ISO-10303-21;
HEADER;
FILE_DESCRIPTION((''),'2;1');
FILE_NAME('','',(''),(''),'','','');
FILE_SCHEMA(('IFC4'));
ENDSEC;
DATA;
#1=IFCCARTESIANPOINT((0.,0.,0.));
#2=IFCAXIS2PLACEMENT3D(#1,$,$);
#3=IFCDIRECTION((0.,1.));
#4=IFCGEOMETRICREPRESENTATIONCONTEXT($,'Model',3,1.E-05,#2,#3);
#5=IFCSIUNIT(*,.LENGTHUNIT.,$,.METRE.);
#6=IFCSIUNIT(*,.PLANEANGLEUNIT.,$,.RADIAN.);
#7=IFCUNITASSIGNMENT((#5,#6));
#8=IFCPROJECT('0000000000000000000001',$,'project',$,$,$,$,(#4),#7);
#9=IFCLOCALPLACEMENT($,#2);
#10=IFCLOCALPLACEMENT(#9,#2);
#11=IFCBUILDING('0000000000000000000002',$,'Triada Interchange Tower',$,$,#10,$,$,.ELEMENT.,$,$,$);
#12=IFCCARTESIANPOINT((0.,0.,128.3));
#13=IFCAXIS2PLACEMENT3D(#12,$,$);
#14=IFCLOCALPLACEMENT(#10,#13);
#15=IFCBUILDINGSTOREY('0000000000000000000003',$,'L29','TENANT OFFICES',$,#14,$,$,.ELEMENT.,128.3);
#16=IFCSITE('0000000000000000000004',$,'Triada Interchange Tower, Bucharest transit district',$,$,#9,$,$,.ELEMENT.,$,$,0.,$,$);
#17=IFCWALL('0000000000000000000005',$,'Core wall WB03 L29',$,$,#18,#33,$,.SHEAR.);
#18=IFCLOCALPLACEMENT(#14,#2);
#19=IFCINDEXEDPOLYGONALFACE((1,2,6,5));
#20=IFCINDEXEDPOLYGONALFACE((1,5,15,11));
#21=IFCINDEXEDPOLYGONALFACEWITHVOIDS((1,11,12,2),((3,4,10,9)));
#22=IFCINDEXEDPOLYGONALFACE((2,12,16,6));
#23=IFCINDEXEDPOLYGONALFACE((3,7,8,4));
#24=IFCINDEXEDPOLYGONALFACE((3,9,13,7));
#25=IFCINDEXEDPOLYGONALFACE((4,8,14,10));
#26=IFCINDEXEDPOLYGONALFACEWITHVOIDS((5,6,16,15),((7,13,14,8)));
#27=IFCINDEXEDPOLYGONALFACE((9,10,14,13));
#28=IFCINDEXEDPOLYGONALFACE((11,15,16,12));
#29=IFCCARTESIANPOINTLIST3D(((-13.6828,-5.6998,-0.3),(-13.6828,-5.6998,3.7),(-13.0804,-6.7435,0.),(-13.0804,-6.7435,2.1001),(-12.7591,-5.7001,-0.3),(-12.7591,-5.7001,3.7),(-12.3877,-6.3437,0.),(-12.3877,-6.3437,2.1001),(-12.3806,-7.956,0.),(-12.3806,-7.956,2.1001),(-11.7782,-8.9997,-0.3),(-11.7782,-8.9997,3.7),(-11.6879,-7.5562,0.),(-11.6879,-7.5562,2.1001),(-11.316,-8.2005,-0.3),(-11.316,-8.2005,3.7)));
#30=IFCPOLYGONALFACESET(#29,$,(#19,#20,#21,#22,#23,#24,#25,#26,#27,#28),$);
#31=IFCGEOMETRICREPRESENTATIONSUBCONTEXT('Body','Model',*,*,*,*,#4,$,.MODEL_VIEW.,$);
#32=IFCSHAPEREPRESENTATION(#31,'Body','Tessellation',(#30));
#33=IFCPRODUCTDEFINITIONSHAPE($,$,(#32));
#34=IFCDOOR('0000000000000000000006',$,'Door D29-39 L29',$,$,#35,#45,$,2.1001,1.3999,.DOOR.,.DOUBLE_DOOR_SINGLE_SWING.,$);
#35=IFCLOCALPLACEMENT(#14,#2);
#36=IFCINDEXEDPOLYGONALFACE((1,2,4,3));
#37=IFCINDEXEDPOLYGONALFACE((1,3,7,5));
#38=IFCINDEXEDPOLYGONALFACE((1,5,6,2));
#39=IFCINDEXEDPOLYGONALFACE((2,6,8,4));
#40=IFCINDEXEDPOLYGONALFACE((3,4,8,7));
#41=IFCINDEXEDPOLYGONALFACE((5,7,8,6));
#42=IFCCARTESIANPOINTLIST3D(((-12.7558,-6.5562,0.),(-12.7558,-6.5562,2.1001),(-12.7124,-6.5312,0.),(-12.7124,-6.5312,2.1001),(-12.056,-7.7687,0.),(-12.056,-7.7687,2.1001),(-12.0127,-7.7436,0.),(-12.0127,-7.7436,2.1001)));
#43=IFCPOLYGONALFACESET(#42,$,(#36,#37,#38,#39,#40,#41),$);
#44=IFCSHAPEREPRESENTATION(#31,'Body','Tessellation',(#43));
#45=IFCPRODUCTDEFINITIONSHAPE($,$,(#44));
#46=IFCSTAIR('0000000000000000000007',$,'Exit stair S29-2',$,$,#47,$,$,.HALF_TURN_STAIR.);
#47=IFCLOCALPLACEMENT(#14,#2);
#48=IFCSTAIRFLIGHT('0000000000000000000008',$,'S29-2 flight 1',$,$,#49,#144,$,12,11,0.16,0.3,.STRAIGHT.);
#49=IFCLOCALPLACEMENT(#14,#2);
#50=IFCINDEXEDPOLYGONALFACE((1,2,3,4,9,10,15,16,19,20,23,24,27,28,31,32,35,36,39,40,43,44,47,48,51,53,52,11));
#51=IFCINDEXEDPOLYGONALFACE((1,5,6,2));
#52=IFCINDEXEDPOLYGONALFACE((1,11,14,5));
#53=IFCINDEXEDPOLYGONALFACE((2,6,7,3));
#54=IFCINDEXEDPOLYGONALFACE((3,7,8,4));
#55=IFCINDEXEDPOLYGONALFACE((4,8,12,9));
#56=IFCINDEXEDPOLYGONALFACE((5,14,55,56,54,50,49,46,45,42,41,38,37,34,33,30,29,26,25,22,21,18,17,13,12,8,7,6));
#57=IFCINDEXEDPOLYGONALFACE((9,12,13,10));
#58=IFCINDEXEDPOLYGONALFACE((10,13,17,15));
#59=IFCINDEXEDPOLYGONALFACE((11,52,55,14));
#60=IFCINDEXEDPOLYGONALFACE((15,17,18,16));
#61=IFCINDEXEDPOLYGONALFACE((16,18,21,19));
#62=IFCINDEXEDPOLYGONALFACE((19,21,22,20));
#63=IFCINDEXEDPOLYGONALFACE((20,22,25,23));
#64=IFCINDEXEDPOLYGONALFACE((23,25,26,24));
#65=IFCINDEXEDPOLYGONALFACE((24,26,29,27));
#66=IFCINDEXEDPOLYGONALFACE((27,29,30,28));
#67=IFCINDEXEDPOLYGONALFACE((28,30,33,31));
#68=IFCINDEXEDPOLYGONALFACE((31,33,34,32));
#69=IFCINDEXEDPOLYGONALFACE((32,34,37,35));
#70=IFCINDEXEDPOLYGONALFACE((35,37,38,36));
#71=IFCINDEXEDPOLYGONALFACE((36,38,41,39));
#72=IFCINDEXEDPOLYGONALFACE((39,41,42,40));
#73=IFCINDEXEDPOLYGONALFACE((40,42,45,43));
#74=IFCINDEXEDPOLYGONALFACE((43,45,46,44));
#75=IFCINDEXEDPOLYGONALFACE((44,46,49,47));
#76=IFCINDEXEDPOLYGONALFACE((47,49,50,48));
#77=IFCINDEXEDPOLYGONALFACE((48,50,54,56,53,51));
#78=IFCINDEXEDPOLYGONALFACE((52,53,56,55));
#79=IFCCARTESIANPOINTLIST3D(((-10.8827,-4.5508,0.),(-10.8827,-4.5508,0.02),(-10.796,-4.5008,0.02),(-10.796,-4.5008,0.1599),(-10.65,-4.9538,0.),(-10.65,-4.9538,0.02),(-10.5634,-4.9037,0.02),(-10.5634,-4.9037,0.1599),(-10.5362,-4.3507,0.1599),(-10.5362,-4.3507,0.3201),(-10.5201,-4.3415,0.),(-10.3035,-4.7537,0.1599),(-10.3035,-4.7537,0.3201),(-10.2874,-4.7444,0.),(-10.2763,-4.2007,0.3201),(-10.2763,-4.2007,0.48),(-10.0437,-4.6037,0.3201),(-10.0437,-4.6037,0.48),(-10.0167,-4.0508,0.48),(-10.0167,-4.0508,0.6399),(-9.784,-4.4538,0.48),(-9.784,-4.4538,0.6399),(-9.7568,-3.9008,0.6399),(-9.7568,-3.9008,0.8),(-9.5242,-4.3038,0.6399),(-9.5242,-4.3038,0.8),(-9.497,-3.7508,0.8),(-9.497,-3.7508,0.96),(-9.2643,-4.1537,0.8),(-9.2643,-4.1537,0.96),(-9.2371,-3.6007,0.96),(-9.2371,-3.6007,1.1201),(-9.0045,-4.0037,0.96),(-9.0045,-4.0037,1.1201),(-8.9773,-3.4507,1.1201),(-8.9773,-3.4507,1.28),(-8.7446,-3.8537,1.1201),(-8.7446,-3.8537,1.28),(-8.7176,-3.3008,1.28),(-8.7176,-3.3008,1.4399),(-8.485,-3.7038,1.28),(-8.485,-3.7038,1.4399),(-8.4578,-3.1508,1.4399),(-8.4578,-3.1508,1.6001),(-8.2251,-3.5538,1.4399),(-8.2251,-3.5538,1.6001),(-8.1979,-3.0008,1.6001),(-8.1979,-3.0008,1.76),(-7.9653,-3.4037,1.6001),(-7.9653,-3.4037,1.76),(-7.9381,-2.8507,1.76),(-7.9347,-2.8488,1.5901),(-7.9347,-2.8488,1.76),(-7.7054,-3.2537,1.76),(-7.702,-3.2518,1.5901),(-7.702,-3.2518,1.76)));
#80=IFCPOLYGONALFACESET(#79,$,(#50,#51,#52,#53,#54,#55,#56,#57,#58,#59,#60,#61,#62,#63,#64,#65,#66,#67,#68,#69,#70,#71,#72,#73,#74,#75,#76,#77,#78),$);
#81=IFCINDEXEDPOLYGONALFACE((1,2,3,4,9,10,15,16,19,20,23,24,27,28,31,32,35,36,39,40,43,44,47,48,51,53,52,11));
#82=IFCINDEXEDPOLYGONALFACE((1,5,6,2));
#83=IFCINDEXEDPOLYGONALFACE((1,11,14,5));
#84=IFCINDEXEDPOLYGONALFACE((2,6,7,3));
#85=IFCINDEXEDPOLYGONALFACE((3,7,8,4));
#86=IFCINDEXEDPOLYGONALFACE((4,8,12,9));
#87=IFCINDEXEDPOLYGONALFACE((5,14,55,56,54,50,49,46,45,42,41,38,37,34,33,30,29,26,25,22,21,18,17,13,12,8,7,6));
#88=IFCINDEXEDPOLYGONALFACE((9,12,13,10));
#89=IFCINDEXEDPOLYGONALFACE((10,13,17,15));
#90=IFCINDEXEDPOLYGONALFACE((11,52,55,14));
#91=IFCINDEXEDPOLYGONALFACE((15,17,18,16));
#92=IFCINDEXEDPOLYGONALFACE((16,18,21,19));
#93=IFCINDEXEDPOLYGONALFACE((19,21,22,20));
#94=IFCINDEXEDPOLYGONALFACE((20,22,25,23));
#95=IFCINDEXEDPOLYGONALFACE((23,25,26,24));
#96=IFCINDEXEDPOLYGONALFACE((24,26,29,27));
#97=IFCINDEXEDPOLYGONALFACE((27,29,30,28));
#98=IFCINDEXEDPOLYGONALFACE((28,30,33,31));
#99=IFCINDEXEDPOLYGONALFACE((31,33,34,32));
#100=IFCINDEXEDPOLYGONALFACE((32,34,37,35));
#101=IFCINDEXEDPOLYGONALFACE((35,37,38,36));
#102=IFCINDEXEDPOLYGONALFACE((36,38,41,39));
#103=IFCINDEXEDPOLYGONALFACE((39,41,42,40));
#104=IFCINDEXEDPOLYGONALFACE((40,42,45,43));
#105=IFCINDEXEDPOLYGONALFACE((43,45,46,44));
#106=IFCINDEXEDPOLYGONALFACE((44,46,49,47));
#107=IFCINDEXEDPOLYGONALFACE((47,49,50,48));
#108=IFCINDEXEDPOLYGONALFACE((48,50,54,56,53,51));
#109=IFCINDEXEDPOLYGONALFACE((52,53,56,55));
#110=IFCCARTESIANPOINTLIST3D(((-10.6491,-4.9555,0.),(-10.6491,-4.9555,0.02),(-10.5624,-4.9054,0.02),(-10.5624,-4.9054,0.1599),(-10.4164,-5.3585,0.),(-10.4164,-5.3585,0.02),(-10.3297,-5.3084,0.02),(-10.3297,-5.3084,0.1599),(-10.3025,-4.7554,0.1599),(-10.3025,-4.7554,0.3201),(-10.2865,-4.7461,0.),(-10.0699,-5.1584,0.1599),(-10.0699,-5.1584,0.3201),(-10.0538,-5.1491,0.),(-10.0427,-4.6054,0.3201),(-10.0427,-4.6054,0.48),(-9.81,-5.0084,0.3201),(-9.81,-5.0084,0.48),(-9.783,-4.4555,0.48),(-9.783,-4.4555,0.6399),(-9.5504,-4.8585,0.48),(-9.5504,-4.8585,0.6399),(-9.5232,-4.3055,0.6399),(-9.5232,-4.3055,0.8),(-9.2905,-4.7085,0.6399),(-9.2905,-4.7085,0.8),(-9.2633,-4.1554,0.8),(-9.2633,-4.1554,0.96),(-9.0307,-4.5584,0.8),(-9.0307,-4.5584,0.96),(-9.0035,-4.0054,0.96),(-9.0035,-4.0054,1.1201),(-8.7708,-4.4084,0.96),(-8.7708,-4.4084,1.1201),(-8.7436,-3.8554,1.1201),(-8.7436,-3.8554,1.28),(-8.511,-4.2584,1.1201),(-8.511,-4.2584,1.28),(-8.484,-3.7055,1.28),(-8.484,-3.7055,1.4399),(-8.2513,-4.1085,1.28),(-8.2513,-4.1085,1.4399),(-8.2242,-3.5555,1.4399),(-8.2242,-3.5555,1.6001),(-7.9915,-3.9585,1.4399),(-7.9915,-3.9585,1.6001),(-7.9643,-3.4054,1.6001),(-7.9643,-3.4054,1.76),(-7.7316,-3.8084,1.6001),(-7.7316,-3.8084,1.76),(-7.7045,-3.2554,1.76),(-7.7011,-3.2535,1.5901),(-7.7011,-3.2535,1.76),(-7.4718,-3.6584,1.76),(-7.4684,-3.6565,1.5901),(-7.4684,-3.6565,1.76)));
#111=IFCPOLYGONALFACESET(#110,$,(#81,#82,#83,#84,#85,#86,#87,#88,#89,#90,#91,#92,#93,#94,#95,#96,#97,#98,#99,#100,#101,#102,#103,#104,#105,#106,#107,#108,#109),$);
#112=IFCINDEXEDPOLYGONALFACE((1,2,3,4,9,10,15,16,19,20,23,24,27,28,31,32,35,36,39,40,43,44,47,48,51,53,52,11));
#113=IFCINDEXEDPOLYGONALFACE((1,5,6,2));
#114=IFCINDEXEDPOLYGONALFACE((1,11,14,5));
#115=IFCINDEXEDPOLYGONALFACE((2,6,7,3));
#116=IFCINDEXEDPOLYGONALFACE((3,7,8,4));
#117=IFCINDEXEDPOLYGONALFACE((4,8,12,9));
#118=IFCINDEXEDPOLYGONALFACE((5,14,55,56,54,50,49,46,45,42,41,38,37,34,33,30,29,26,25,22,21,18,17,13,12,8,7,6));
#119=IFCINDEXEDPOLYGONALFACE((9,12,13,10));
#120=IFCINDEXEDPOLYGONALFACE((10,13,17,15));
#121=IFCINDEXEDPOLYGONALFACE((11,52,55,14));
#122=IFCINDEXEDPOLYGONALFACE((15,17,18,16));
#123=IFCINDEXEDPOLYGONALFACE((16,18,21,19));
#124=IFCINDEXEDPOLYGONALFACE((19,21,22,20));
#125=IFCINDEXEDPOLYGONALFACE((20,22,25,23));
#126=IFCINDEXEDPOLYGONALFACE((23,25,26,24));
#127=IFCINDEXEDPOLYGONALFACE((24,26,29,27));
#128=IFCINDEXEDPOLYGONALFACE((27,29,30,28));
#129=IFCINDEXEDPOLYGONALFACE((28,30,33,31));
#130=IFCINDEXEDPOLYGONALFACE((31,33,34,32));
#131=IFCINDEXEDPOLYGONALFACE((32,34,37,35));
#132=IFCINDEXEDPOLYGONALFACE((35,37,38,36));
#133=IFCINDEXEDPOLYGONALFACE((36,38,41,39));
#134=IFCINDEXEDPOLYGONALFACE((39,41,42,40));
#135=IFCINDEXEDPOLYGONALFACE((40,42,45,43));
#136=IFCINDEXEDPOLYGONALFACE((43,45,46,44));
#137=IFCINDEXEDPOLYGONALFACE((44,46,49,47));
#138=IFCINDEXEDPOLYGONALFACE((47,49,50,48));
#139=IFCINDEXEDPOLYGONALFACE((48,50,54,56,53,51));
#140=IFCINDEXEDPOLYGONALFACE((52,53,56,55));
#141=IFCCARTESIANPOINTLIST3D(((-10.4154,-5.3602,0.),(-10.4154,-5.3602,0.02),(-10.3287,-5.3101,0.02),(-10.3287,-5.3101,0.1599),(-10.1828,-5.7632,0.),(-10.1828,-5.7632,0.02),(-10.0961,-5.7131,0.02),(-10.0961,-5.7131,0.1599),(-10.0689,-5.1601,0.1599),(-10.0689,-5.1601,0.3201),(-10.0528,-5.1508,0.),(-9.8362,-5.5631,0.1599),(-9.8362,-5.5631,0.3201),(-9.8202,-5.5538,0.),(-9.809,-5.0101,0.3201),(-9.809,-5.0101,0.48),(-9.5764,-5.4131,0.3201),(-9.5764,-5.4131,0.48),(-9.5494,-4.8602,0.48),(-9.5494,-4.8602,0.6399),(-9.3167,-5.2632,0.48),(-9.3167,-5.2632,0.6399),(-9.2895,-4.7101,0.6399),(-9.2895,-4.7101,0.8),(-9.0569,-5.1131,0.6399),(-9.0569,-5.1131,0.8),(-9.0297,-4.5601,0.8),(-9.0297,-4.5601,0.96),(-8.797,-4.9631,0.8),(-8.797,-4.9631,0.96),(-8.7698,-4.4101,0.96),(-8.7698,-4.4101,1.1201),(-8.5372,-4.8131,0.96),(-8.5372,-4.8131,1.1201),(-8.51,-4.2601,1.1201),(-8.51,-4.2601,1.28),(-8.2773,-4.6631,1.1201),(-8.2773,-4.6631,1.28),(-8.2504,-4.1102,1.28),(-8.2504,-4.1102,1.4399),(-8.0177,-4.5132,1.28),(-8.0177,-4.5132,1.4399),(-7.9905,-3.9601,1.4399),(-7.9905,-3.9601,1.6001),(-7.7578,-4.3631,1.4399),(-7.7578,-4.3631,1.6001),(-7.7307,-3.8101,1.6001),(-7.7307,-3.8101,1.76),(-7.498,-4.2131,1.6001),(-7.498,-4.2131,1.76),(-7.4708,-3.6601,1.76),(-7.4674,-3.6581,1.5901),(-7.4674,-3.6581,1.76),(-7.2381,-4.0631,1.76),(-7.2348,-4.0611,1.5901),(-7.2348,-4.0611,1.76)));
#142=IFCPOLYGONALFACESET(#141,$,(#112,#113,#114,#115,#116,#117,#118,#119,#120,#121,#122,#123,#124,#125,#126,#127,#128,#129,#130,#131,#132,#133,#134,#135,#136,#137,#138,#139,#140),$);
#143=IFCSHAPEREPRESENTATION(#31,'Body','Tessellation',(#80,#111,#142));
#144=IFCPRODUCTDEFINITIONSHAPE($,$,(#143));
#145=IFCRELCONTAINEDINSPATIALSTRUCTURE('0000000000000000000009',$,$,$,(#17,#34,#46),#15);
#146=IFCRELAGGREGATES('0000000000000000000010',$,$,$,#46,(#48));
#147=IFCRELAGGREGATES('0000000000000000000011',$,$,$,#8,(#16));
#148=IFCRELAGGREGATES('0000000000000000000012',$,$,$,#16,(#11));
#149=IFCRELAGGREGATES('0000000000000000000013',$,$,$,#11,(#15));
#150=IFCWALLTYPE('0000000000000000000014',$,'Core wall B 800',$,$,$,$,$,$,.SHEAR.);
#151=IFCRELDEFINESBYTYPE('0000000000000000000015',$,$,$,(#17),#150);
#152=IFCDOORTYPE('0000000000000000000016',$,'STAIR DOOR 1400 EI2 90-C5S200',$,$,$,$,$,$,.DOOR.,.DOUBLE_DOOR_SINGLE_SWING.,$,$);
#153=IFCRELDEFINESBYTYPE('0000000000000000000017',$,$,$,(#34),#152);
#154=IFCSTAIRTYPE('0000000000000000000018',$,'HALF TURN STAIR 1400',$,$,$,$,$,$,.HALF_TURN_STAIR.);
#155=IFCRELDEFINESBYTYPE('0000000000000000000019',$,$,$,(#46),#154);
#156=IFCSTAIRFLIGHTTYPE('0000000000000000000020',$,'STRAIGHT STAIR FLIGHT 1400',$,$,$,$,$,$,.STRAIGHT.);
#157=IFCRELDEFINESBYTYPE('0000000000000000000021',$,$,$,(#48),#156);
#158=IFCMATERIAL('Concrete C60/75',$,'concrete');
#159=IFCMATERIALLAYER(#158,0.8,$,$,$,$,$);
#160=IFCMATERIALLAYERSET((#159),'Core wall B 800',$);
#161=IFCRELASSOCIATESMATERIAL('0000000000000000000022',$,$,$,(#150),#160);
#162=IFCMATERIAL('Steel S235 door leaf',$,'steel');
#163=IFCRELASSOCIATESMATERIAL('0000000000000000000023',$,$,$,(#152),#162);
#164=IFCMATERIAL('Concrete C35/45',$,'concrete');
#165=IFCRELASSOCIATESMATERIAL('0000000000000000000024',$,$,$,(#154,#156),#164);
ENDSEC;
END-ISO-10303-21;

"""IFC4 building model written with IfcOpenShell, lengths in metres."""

from ifc_helpers import new_model, si_unit, direction, frame, frame_2d, origin, place, context, subcontext, project, spatial, polyline, rectangle, outline, extrude, material, layer, layer_set, type_object, element, fill, aggregate, save


model = new_model("IFC4")

# Units and contexts
model_context = context("Model", 3, precision=1e-05, world=origin(), true_north=direction((0.0, 1.0)))
body_context = subcontext(model_context, "Body", "Model", "MODEL_VIEW")
ifc_project = project(units=[si_unit("LENGTHUNIT", "METRE"), si_unit("PLANEANGLEUNIT", "RADIAN")], contexts=[model_context])

# Site, building, storey
site_placement = place(None, origin())
site = spatial("IfcSite", under=ifc_project, at=site_placement, Name="Triada Interchange Tower, Bucharest transit district", CompositionType="ELEMENT", RefElevation=0.0)
building_placement = place(site_placement, origin())
building = spatial("IfcBuilding", under=site, at=building_placement, Name="Triada Interchange Tower", CompositionType="ELEMENT")
storey_placement = place(building_placement, frame((0.0, 0.0, 128.3)))
storey = spatial("IfcBuildingStorey", under=building, at=storey_placement, Name="L29", Description="TENANT OFFICES", CompositionType="ELEMENT", Elevation=128.3)

# Shared definitions
ifc_material_1 = material(Name="Steel S235 door leaf", Category="steel")

# Wall, opening, door
ifc_material_2 = material(Name="Concrete C60/75", Category="concrete")
ifc_layer_1 = layer(ifc_material_2, 0.8)
ifc_layer_set_1 = layer_set([ifc_layer_1], Name="Core wall B 800")
wall_type_1 = type_object("IfcWallType", Name="Core wall B 800", PredefinedType="SHEAR", material=ifc_layer_set_1)
wall_1_placement = place(storey_placement, frame((-13.2209, -5.7, -0.3), z_axis=(0.0, 0.0, 1.0), x_axis=(0.499872, -0.866099, 0.0)))
wall_1 = element("IfcWall", 1, at=wall_1_placement, inside=storey, type_object=wall_type_1, Name="Core wall WB03 L29", PredefinedType="SHEAR", context=body_context, shape_type="SweptSolid", body=[
    extrude(outline(polyline([(-0.231, -0.3999), (1.6741, -0.3999), (3.5791, -0.3999), (3.1179, 0.3999), (1.6743, 0.3999), (0.231, 0.3999), (-0.231, -0.3999)])), origin(), (0.0, 0.0, 1.0), 4.0),
])
opening_1_placement = place(wall_1_placement, frame((0.9741, 0.0, 0.3)))
opening_1 = element("IfcOpeningElement", 2, at=opening_1_placement, cuts=wall_1, PredefinedType="OPENING", context=body_context, shape_type="SweptSolid", body=[
    extrude(rectangle(XDim=1.3999, YDim=2.1001, at=frame_2d((0.7, 1.05))), frame((0.0, 0.4099, 0.0), z_axis=(0.0, -1.0, 0.0), x_axis=(1.0, 0.0, 0.0)), (0.0, 0.0, 1.0), 0.8201),
])
door_type_1 = type_object("IfcDoorType", Name="STAIR DOOR 1400 EI2 90-C5S200", OperationType="DOUBLE_DOOR_SINGLE_SWING", PredefinedType="DOOR", material=ifc_material_1)
door_1_placement = place(opening_1_placement, origin())
door_1 = element("IfcDoor", 3, at=door_1_placement, inside=storey, type_object=door_type_1, Name="Door D29-39 L29", OperationType="DOUBLE_DOOR_SINGLE_SWING", OverallHeight=2.1001, OverallWidth=1.3999, PredefinedType="DOOR", context=body_context, shape_type="SweptSolid", body=[
    extrude(rectangle(XDim=1.3999, YDim=2.1001, at=frame_2d((0.7, 1.05))), frame((0.0, 0.0249, 0.0), z_axis=(0.0, -1.0, 0.0), x_axis=(1.0, 0.0, 0.0)), (0.0, 0.0, 1.0), 0.05),
])
fill(opening_1, door_1)

# Stair, stair flight
ifc_material_3 = material(Name="Concrete C35/45", Category="concrete")
stair_type = type_object("IfcStairType", Name="HALF TURN STAIR 1400", PredefinedType="HALF_TURN_STAIR", material=ifc_material_3)
stair_placement = place(storey_placement, origin())
stair = element("IfcStair", 4, at=stair_placement, inside=storey, type_object=stair_type, Name="Exit stair S29-2", PredefinedType="HALF_TURN_STAIR")
stair_flight_type = type_object("IfcStairFlightType", Name="STRAIGHT STAIR FLIGHT 1400", PredefinedType="STRAIGHT", material=ifc_material_3)
stair_flight_1_placement = place(storey_placement, frame((-10.446, -5.1069, 0.0), z_axis=(0.0, 0.0, 1.0), x_axis=(0.866025, 0.5, 0.0)))
stair_flight_1 = element("IfcStairFlight", 5, at=stair_flight_1_placement, type_object=stair_flight_type, Name="S29-2 flight 1", NumberOfRisers=12, NumberOfTreads=11, PredefinedType="STRAIGHT", RiserHeight=0.16, TreadLength=0.3, context=body_context, shape_type="SweptSolid", body=[
    extrude(outline(polyline([(-0.1001, 0.0), (-0.1001, 0.02), (0.0, 0.02), (0.0, 0.1599), (0.3, 0.1599), (0.3, 0.3201), (0.6001, 0.3201), (0.6001, 0.48), (0.8999, 0.48), (0.8999, 0.6399), (1.2, 0.6399), (1.2, 0.8), (1.5, 0.8), (1.5, 0.96), (1.8, 0.96), (1.8, 1.1201), (2.1001, 1.1201), (2.1001, 1.28), (2.3999, 1.28), (2.3999, 1.4399), (2.7, 1.4399), (2.7, 1.6001), (3.0, 1.6001), (3.0, 1.76), (3.3, 1.76), (3.304, 1.76), (3.304, 1.9199), (3.304, 1.5901), (0.3186, 0.0), (-0.1001, 0.0)])), frame((0.0, 0.7, 0.0), z_axis=(0.0, -1.0, 0.0), x_axis=(1.0, 0.0, 0.0)), (0.0, 0.0, 1.0), 0.4653),
    extrude(outline(polyline([(-0.1001, 0.0), (-0.1001, 0.02), (0.0, 0.02), (0.0, 0.1599), (0.3, 0.1599), (0.3, 0.3201), (0.6001, 0.3201), (0.6001, 0.48), (0.8999, 0.48), (0.8999, 0.6399), (1.2, 0.6399), (1.2, 0.8), (1.5, 0.8), (1.5, 0.96), (1.8, 0.96), (1.8, 1.1201), (2.1001, 1.1201), (2.1001, 1.28), (2.3999, 1.28), (2.3999, 1.4399), (2.7, 1.4399), (2.7, 1.6001), (3.0, 1.6001), (3.0, 1.76), (3.3, 1.76), (3.304, 1.76), (3.304, 1.9199), (3.304, 1.5901), (0.3186, 0.0), (-0.1001, 0.0)])), frame((0.0, 0.2327, 0.0), z_axis=(0.0, -1.0, 0.0), x_axis=(1.0, 0.0, 0.0)), (0.0, 0.0, 1.0), 0.4653),
    extrude(outline(polyline([(-0.1001, 0.0), (-0.1001, 0.02), (0.0, 0.02), (0.0, 0.1599), (0.3, 0.1599), (0.3, 0.3201), (0.6001, 0.3201), (0.6001, 0.48), (0.8999, 0.48), (0.8999, 0.6399), (1.2, 0.6399), (1.2, 0.8), (1.5, 0.8), (1.5, 0.96), (1.8, 0.96), (1.8, 1.1201), (2.1001, 1.1201), (2.1001, 1.28), (2.3999, 1.28), (2.3999, 1.4399), (2.7, 1.4399), (2.7, 1.6001), (3.0, 1.6001), (3.0, 1.76), (3.3, 1.76), (3.304, 1.76), (3.304, 1.9199), (3.304, 1.5901), (0.3186, 0.0), (-0.1001, 0.0)])), frame((0.0, -0.2346, 0.0), z_axis=(0.0, -1.0, 0.0), x_axis=(1.0, 0.0, 0.0)), (0.0, 0.0, 1.0), 0.4653),
])
aggregate(stair, [stair_flight_1])

save(model, "model.ifc")
